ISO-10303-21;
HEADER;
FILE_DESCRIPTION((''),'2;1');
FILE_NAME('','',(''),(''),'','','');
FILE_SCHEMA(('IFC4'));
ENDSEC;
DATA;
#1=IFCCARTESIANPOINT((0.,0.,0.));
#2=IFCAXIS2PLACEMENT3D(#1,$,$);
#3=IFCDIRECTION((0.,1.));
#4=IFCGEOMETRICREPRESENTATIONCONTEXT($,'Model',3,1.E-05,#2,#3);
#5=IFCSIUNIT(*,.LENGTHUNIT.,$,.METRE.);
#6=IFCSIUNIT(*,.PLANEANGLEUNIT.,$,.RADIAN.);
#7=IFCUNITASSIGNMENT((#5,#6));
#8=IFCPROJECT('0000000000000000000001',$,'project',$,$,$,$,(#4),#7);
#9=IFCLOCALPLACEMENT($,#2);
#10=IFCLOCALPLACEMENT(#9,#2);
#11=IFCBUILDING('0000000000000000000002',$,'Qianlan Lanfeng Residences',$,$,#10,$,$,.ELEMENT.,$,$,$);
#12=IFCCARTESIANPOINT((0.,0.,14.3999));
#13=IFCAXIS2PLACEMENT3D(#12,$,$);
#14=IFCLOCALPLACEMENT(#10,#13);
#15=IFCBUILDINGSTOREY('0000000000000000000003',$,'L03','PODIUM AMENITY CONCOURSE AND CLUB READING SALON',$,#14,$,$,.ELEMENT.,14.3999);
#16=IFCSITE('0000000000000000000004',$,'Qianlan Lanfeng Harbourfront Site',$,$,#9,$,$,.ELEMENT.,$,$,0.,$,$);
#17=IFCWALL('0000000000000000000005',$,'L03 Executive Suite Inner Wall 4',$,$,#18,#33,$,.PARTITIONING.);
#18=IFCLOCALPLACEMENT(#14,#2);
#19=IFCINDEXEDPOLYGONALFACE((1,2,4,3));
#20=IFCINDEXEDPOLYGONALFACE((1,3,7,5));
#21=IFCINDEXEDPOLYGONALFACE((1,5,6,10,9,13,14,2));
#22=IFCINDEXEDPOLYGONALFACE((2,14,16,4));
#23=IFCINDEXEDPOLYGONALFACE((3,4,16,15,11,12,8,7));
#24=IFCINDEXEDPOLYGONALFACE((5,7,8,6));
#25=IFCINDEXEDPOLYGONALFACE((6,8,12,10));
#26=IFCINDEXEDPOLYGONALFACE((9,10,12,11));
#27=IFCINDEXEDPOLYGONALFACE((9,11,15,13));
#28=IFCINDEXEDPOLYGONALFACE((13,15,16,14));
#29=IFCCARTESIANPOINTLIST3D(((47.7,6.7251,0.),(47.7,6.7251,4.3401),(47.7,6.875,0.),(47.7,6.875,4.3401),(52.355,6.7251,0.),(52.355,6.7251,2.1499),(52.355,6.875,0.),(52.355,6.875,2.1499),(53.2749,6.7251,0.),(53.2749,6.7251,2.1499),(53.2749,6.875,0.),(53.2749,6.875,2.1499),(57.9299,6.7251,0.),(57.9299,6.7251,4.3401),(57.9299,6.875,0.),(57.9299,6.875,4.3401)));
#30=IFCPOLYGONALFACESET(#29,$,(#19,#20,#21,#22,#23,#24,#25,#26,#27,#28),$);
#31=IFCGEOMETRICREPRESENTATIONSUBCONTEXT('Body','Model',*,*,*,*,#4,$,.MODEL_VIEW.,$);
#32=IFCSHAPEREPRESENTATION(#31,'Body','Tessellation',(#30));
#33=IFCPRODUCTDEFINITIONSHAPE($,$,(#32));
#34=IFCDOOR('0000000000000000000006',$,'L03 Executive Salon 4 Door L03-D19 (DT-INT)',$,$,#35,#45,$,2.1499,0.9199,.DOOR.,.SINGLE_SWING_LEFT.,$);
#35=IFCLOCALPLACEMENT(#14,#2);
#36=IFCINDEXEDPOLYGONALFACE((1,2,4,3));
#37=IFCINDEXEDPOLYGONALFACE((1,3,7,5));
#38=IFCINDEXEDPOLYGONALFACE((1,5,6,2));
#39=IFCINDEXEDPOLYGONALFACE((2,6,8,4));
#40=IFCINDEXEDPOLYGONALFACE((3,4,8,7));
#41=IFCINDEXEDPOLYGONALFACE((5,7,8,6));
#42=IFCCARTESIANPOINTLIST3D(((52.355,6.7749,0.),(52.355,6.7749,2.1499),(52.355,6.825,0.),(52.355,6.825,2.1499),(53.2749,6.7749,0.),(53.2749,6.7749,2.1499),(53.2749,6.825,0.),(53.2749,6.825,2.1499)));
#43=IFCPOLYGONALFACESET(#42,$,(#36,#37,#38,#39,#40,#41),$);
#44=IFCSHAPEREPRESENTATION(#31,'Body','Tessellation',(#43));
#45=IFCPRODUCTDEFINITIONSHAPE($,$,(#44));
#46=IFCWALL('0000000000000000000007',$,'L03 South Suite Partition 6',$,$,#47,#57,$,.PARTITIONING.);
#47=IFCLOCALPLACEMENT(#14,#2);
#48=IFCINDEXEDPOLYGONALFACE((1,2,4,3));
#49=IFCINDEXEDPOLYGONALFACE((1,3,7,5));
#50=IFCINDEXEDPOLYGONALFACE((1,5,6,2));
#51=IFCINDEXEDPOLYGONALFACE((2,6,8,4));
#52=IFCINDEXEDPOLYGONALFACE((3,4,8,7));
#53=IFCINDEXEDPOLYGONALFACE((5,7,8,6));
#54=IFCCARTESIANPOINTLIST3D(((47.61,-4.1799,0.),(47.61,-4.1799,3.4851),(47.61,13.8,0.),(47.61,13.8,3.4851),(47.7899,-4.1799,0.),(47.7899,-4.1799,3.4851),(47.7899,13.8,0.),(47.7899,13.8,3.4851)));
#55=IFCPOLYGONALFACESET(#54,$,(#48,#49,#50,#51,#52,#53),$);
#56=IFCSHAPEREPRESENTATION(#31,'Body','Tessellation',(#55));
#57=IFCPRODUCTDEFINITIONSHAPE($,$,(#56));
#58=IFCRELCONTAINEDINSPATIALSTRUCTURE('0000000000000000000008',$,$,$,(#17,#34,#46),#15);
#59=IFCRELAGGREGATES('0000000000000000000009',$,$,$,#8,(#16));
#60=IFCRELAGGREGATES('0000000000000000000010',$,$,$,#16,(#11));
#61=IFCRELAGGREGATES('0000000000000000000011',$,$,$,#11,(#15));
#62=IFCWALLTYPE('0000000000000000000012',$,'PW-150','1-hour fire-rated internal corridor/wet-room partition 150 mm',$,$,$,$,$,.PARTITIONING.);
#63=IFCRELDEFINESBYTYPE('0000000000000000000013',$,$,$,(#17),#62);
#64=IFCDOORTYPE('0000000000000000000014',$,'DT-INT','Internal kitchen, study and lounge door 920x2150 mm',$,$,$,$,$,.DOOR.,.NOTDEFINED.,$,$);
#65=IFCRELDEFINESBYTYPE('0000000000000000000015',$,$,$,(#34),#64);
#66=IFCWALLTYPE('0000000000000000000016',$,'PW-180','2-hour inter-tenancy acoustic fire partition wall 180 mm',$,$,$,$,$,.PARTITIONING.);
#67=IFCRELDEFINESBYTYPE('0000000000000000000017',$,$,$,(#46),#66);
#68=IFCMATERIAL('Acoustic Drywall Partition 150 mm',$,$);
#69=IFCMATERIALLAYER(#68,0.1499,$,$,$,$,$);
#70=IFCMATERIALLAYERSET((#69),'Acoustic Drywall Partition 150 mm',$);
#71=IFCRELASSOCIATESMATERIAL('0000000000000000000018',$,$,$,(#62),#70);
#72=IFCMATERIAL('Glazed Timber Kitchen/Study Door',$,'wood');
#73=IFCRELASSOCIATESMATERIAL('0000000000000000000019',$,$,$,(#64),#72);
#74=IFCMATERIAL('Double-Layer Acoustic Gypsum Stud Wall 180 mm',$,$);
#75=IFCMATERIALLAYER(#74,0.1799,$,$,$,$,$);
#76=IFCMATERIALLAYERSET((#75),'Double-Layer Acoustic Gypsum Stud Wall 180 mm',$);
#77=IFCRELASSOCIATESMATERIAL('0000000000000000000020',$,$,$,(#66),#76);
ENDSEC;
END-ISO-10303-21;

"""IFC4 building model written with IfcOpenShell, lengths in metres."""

from ifc_helpers import new_model, si_unit, direction, frame, frame_2d, origin, place, context, subcontext, project, spatial, rectangle, extrude, material, layer, layer_set, type_object, element, fill, save


model = new_model("IFC4")

# Units and contexts
model_context = context("Model", 3, precision=1e-05, world=origin(), true_north=direction((0.0, 1.0)))
body_context = subcontext(model_context, "Body", "Model", "MODEL_VIEW")
ifc_project = project(units=[si_unit("LENGTHUNIT", "METRE"), si_unit("PLANEANGLEUNIT", "RADIAN")], contexts=[model_context])

# Site, building, storey
site_placement = place(None, origin())
site = spatial("IfcSite", under=ifc_project, at=site_placement, Name="Qianlan Lanfeng Harbourfront Site", CompositionType="ELEMENT", RefElevation=0.0)
building_placement = place(site_placement, origin())
building = spatial("IfcBuilding", under=site, at=building_placement, Name="Qianlan Lanfeng Residences", CompositionType="ELEMENT")
storey_placement = place(building_placement, frame((0.0, 0.0, 14.3999)))
storey = spatial("IfcBuildingStorey", under=building, at=storey_placement, Name="L03", Description="PODIUM AMENITY CONCOURSE AND CLUB READING SALON", CompositionType="ELEMENT", Elevation=14.3999)

# Wall, opening, door
ifc_material_1 = material(Name="Acoustic Drywall Partition 150 mm")
ifc_layer_1 = layer(ifc_material_1, 0.1499)
ifc_layer_set_1 = layer_set([ifc_layer_1], Name="Acoustic Drywall Partition 150 mm")
wall_type_1 = type_object("IfcWallType", Name="PW-150", Description="1-hour fire-rated internal corridor/wet-room partition 150 mm", PredefinedType="PARTITIONING", material=ifc_layer_set_1)
wall_1_placement = place(storey_placement, frame((47.7, 6.8, 0.0), z_axis=(0.0, 0.0, 1.0), x_axis=(1.0, 0.0, 0.0)))
wall_1 = element("IfcWall", 1, at=wall_1_placement, inside=storey, type_object=wall_type_1, Name="L03 Executive Suite Inner Wall 4", PredefinedType="PARTITIONING", context=body_context, shape_type="SweptSolid", body=[
    extrude(rectangle(XDim=10.23, YDim=0.1499, at=frame_2d((5.115, 0.0))), origin(), (0.0, 0.0, 1.0), 4.3401),
])
opening_placement = place(wall_1_placement, frame((4.655, 0.0, 0.0)))
opening = element("IfcOpeningElement", 2, at=opening_placement, cuts=wall_1, PredefinedType="OPENING", context=body_context, shape_type="SweptSolid", body=[
    extrude(rectangle(XDim=0.9199, YDim=2.1499, at=frame_2d((0.46, 1.075))), frame((0.0, 0.085, 0.0), z_axis=(0.0, -1.0, 0.0), x_axis=(1.0, 0.0, 0.0)), (0.0, 0.0, 1.0), 0.1699),
])
ifc_material_2 = material(Name="Glazed Timber Kitchen/Study Door", Category="wood")
door_type = type_object("IfcDoorType", Name="DT-INT", Description="Internal kitchen, study and lounge door 920x2150 mm", OperationType="NOTDEFINED", PredefinedType="DOOR", material=ifc_material_2)
door_placement = place(opening_placement, origin())
door = element("IfcDoor", 3, at=door_placement, inside=storey, type_object=door_type, Name="L03 Executive Salon 4 Door L03-D19 (DT-INT)", OperationType="SINGLE_SWING_LEFT", OverallHeight=2.1499, OverallWidth=0.9199, PredefinedType="DOOR", context=body_context, shape_type="SweptSolid", body=[
    extrude(rectangle(XDim=0.9199, YDim=2.1499, at=frame_2d((0.46, 1.075))), frame((0.0, 0.0249, 0.0), z_axis=(0.0, -1.0, 0.0), x_axis=(1.0, 0.0, 0.0)), (0.0, 0.0, 1.0), 0.05),
])
fill(opening, door)

# Wall
ifc_material_3 = material(Name="Double-Layer Acoustic Gypsum Stud Wall 180 mm")
ifc_layer_2 = layer(ifc_material_3, 0.1799)
ifc_layer_set_2 = layer_set([ifc_layer_2], Name="Double-Layer Acoustic Gypsum Stud Wall 180 mm")
wall_type_2 = type_object("IfcWallType", Name="PW-180", Description="2-hour inter-tenancy acoustic fire partition wall 180 mm", PredefinedType="PARTITIONING", material=ifc_layer_set_2)
wall_2_placement = place(storey_placement, frame((47.7, -4.1799, 0.0), z_axis=(0.0, 0.0, 1.0), x_axis=(0.0, 1.0, 0.0)))
element("IfcWall", 4, at=wall_2_placement, inside=storey, type_object=wall_type_2, Name="L03 South Suite Partition 6", PredefinedType="PARTITIONING", context=body_context, shape_type="SweptSolid", body=[
    extrude(rectangle(XDim=17.98, YDim=0.1799, at=frame_2d((8.99, 0.0))), origin(), (0.0, 0.0, 1.0), 3.4851),
])

save(model, "model.ifc")
